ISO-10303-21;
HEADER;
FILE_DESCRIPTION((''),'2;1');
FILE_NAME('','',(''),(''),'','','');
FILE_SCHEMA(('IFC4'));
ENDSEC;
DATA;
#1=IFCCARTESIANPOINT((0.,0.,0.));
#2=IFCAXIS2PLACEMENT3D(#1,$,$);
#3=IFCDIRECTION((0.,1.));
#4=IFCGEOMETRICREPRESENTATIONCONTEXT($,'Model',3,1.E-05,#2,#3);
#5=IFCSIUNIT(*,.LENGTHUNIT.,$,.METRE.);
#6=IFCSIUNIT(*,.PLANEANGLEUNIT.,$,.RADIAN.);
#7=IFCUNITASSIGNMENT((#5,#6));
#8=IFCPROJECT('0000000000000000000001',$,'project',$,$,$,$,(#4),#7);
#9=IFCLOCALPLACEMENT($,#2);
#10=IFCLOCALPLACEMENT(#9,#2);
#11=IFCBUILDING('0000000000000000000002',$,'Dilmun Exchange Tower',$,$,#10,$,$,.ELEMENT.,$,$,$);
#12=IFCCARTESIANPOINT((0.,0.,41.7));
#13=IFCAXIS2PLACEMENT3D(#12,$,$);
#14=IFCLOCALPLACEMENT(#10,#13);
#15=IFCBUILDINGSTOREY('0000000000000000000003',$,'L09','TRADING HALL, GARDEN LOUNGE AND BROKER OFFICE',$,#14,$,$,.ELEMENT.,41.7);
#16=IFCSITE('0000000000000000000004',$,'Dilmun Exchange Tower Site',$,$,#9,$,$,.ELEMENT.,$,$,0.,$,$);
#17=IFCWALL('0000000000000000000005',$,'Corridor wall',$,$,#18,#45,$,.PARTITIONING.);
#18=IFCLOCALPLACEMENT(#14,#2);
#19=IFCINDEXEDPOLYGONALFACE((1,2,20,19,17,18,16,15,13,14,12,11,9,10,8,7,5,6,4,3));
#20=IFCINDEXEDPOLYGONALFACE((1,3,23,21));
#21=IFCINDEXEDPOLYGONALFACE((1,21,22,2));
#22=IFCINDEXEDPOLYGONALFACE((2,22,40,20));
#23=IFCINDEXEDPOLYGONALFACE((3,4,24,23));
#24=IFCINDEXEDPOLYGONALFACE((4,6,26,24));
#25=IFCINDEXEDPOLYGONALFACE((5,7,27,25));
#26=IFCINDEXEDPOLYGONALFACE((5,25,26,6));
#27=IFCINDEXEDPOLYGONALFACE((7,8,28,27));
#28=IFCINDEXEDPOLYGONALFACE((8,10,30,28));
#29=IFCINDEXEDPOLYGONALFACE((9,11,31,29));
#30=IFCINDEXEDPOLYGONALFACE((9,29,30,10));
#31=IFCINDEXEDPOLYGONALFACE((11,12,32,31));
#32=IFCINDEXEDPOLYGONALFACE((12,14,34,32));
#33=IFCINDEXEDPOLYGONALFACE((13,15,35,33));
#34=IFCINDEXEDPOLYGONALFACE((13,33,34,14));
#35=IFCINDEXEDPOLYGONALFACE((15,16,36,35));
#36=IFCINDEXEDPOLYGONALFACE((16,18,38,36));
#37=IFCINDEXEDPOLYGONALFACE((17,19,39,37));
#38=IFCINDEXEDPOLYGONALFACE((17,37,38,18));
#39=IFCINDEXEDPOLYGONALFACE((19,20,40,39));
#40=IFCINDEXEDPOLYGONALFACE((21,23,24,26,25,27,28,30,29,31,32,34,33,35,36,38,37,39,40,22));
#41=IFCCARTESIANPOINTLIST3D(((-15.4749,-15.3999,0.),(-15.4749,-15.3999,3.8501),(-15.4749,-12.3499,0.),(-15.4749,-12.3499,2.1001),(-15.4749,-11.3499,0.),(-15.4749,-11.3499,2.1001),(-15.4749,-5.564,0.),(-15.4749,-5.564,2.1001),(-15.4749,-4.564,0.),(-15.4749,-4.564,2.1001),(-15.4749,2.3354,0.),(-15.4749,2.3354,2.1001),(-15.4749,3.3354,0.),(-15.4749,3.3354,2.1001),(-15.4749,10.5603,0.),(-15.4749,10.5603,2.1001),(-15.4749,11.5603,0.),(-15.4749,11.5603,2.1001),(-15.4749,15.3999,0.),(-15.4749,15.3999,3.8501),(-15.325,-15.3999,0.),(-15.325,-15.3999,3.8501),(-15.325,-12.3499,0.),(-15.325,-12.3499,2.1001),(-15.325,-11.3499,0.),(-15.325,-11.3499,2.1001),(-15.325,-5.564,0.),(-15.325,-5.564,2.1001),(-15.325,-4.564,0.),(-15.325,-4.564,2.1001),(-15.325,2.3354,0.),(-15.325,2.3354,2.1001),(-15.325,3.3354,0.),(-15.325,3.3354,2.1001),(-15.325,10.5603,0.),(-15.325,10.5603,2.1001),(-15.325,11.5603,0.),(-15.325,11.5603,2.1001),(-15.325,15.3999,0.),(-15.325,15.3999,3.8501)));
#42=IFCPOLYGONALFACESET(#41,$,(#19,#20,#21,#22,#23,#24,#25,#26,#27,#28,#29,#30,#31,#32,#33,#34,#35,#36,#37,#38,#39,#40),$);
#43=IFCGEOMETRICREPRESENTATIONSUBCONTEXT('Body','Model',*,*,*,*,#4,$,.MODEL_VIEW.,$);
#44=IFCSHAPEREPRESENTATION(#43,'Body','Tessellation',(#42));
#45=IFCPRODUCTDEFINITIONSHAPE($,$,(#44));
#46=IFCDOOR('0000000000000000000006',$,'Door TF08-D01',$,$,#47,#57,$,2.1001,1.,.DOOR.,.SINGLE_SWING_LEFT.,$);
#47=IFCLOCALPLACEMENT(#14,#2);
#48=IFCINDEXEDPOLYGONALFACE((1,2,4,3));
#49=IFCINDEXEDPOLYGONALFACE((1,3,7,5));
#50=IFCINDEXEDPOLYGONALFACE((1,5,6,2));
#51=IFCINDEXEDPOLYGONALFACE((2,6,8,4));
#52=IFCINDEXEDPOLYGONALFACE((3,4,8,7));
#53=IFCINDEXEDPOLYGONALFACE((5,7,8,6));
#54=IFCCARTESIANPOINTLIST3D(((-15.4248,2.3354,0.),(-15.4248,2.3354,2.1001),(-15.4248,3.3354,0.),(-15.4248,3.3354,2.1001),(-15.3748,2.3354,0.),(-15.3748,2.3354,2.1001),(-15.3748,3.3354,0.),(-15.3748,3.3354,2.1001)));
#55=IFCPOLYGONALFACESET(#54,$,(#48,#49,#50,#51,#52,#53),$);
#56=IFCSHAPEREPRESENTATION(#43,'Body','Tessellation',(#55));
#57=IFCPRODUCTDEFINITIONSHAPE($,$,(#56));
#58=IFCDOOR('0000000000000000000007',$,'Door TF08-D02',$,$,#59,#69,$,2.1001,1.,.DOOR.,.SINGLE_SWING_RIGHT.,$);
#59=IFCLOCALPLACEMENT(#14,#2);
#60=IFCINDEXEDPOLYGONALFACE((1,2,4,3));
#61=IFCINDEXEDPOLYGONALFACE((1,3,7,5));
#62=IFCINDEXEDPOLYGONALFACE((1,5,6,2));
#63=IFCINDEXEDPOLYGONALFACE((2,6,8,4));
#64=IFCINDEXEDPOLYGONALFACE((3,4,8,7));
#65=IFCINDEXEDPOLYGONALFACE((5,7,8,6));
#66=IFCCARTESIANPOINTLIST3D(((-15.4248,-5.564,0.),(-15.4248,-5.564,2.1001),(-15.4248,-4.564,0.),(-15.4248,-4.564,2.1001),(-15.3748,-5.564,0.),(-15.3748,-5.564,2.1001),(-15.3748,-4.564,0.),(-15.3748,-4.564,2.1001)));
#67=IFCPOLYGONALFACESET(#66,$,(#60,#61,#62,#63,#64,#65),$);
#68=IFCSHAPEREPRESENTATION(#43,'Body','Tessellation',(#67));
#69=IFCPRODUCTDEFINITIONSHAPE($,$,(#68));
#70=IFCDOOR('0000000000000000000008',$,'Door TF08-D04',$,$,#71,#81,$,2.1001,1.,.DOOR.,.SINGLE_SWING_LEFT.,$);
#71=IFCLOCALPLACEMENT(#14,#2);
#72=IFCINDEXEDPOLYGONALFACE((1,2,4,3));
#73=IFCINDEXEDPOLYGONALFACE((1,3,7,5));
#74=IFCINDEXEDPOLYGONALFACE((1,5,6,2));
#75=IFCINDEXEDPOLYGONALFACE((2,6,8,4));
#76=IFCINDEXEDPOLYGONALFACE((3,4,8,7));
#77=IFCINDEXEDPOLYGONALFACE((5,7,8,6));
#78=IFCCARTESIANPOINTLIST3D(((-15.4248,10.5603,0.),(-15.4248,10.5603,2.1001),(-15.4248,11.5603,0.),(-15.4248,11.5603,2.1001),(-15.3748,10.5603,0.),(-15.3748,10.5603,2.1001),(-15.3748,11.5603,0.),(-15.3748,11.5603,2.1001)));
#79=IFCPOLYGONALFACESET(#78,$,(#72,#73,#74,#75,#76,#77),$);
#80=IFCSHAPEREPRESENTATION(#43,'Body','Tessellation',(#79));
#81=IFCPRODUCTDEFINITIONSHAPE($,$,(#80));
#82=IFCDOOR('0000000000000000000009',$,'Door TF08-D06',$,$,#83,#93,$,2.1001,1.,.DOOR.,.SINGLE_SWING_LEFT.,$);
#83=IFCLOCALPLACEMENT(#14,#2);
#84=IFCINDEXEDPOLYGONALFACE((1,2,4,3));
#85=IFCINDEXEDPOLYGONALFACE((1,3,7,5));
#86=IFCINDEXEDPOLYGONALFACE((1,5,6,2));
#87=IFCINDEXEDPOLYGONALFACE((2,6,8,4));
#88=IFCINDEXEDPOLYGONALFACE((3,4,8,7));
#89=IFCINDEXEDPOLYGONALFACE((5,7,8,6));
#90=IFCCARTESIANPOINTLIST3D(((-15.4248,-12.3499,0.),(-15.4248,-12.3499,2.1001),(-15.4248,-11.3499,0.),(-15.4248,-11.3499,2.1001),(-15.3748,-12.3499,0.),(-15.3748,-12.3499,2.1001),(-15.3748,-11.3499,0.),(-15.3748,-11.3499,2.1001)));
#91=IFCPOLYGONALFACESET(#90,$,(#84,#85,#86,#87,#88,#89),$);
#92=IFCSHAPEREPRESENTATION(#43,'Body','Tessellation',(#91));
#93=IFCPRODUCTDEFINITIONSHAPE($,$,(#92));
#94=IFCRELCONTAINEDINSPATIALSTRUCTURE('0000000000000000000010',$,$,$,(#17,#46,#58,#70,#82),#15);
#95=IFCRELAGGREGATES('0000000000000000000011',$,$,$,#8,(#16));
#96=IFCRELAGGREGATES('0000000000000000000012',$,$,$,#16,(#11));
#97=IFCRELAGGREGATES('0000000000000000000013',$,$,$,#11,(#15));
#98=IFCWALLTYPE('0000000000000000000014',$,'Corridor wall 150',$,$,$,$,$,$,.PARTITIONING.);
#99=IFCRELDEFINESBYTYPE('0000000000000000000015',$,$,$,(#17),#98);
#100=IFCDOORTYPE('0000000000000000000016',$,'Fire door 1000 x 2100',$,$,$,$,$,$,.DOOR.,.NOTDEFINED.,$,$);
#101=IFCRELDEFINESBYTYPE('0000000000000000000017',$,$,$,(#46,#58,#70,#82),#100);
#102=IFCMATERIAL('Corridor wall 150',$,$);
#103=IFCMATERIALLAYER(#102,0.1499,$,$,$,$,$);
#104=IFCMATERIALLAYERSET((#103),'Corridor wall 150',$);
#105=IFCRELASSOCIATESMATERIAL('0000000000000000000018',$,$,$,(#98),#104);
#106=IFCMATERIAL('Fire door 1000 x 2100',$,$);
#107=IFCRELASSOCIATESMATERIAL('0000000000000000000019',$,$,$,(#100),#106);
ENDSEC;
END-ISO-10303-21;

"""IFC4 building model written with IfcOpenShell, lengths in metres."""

from ifc_helpers import new_model, si_unit, direction, frame, frame_2d, origin, place, context, subcontext, project, spatial, rectangle, extrude, material, layer, layer_set, type_object, element, fill, save


model = new_model("IFC4")

# Units and contexts
model_context = context("Model", 3, precision=1e-05, world=origin(), true_north=direction((0.0, 1.0)))
body_context = subcontext(model_context, "Body", "Model", "MODEL_VIEW")
ifc_project = project(units=[si_unit("LENGTHUNIT", "METRE"), si_unit("PLANEANGLEUNIT", "RADIAN")], contexts=[model_context])

# Site, building, storey
site_placement = place(None, origin())
site = spatial("IfcSite", under=ifc_project, at=site_placement, Name="Dilmun Exchange Tower Site", CompositionType="ELEMENT", RefElevation=0.0)
building_placement = place(site_placement, origin())
building = spatial("IfcBuilding", under=site, at=building_placement, Name="Dilmun Exchange Tower", CompositionType="ELEMENT")
storey_placement = place(building_placement, frame((0.0, 0.0, 41.7)))
storey = spatial("IfcBuildingStorey", under=building, at=storey_placement, Name="L09", Description="TRADING HALL, GARDEN LOUNGE AND BROKER OFFICE", CompositionType="ELEMENT", Elevation=41.7)

# Wall, openings, doors
ifc_material_1 = material(Name="Corridor wall 150")
ifc_layer_1 = layer(ifc_material_1, 0.1499)
ifc_layer_set_1 = layer_set([ifc_layer_1], Name="Corridor wall 150")
wall_type_1 = type_object("IfcWallType", Name="Corridor wall 150", PredefinedType="PARTITIONING", material=ifc_layer_set_1)
wall_1_placement = place(storey_placement, frame((-15.3999, -15.3999, 0.0), z_axis=(0.0, 0.0, 1.0), x_axis=(0.0, 1.0, 0.0)))
wall_1 = element("IfcWall", 1, at=wall_1_placement, inside=storey, type_object=wall_type_1, Name="Corridor wall", PredefinedType="PARTITIONING", context=body_context, shape_type="SweptSolid", body=[
    extrude(rectangle(XDim=30.7998, YDim=0.1499, at=frame_2d((15.3999, 0.0))), origin(), (0.0, 0.0, 1.0), 3.8501),
])
opening_1_placement = place(wall_1_placement, frame((17.7354, 0.0, 0.0)))
opening_1 = element("IfcOpeningElement", 2, at=opening_1_placement, cuts=wall_1, PredefinedType="OPENING", context=body_context, shape_type="SweptSolid", body=[
    extrude(rectangle(XDim=1.0, YDim=2.1001, at=frame_2d((0.5, 1.05))), frame((0.0, 0.085, 0.0), z_axis=(0.0, -1.0, 0.0), x_axis=(1.0, 0.0, 0.0)), (0.0, 0.0, 1.0), 0.1699),
])
opening_2_placement = place(wall_1_placement, frame((9.8359, 0.0, 0.0)))
opening_2 = element("IfcOpeningElement", 3, at=opening_2_placement, cuts=wall_1, PredefinedType="OPENING", context=body_context, shape_type="SweptSolid", body=[
    extrude(rectangle(XDim=1.0, YDim=2.1001, at=frame_2d((0.5, 1.05))), frame((0.0, 0.085, 0.0), z_axis=(0.0, -1.0, 0.0), x_axis=(1.0, 0.0, 0.0)), (0.0, 0.0, 1.0), 0.1699),
])
opening_3_placement = place(wall_1_placement, frame((25.9602, 0.0, 0.0)))
opening_3 = element("IfcOpeningElement", 4, at=opening_3_placement, cuts=wall_1, PredefinedType="OPENING", context=body_context, shape_type="SweptSolid", body=[
    extrude(rectangle(XDim=1.0, YDim=2.1001, at=frame_2d((0.5, 1.05))), frame((0.0, 0.085, 0.0), z_axis=(0.0, -1.0, 0.0), x_axis=(1.0, 0.0, 0.0)), (0.0, 0.0, 1.0), 0.1699),
])
opening_4_placement = place(wall_1_placement, frame((3.05, 0.0, 0.0)))
opening_4 = element("IfcOpeningElement", 5, at=opening_4_placement, cuts=wall_1, PredefinedType="OPENING", context=body_context, shape_type="SweptSolid", body=[
    extrude(rectangle(XDim=1.0, YDim=2.1001, at=frame_2d((0.5, 1.05))), frame((0.0, 0.085, 0.0), z_axis=(0.0, -1.0, 0.0), x_axis=(1.0, 0.0, 0.0)), (0.0, 0.0, 1.0), 0.1699),
])
ifc_material_2 = material(Name="Fire door 1000 x 2100")
door_type_1 = type_object("IfcDoorType", Name="Fire door 1000 x 2100", OperationType="NOTDEFINED", PredefinedType="DOOR", material=ifc_material_2)
door_1_placement = place(opening_1_placement, origin())
door_1 = element("IfcDoor", 6, at=door_1_placement, inside=storey, type_object=door_type_1, Name="Door TF08-D01", OperationType="SINGLE_SWING_LEFT", OverallHeight=2.1001, OverallWidth=1.0, PredefinedType="DOOR", context=body_context, shape_type="SweptSolid", body=[
    extrude(rectangle(XDim=1.0, YDim=2.1001, at=frame_2d((0.5, 1.05))), frame((0.0, 0.0249, 0.0), z_axis=(0.0, -1.0, 0.0), x_axis=(1.0, 0.0, 0.0)), (0.0, 0.0, 1.0), 0.05),
])
fill(opening_1, door_1)
door_2_placement = place(opening_2_placement, origin())
door_2 = element("IfcDoor", 7, at=door_2_placement, inside=storey, type_object=door_type_1, Name="Door TF08-D02", OperationType="SINGLE_SWING_RIGHT", OverallHeight=2.1001, OverallWidth=1.0, PredefinedType="DOOR", context=body_context, shape_type="SweptSolid", body=[
    extrude(rectangle(XDim=1.0, YDim=2.1001, at=frame_2d((0.5, 1.05))), frame((0.0, 0.0249, 0.0), z_axis=(0.0, -1.0, 0.0), x_axis=(1.0, 0.0, 0.0)), (0.0, 0.0, 1.0), 0.05),
])
fill(opening_2, door_2)
door_3_placement = place(opening_3_placement, origin())
door_3 = element("IfcDoor", 8, at=door_3_placement, inside=storey, type_object=door_type_1, Name="Door TF08-D04", OperationType="SINGLE_SWING_LEFT", OverallHeight=2.1001, OverallWidth=1.0, PredefinedType="DOOR", context=body_context, shape_type="SweptSolid", body=[
    extrude(rectangle(XDim=1.0, YDim=2.1001, at=frame_2d((0.5, 1.05))), frame((0.0, 0.0249, 0.0), z_axis=(0.0, -1.0, 0.0), x_axis=(1.0, 0.0, 0.0)), (0.0, 0.0, 1.0), 0.05),
])
fill(opening_3, door_3)
door_4_placement = place(opening_4_placement, origin())
door_4 = element("IfcDoor", 9, at=door_4_placement, inside=storey, type_object=door_type_1, Name="Door TF08-D06", OperationType="SINGLE_SWING_LEFT", OverallHeight=2.1001, OverallWidth=1.0, PredefinedType="DOOR", context=body_context, shape_type="SweptSolid", body=[
    extrude(rectangle(XDim=1.0, YDim=2.1001, at=frame_2d((0.5, 1.05))), frame((0.0, 0.0249, 0.0), z_axis=(0.0, -1.0, 0.0), x_axis=(1.0, 0.0, 0.0)), (0.0, 0.0, 1.0), 0.05),
])
fill(opening_4, door_4)

save(model, "model.ifc")
